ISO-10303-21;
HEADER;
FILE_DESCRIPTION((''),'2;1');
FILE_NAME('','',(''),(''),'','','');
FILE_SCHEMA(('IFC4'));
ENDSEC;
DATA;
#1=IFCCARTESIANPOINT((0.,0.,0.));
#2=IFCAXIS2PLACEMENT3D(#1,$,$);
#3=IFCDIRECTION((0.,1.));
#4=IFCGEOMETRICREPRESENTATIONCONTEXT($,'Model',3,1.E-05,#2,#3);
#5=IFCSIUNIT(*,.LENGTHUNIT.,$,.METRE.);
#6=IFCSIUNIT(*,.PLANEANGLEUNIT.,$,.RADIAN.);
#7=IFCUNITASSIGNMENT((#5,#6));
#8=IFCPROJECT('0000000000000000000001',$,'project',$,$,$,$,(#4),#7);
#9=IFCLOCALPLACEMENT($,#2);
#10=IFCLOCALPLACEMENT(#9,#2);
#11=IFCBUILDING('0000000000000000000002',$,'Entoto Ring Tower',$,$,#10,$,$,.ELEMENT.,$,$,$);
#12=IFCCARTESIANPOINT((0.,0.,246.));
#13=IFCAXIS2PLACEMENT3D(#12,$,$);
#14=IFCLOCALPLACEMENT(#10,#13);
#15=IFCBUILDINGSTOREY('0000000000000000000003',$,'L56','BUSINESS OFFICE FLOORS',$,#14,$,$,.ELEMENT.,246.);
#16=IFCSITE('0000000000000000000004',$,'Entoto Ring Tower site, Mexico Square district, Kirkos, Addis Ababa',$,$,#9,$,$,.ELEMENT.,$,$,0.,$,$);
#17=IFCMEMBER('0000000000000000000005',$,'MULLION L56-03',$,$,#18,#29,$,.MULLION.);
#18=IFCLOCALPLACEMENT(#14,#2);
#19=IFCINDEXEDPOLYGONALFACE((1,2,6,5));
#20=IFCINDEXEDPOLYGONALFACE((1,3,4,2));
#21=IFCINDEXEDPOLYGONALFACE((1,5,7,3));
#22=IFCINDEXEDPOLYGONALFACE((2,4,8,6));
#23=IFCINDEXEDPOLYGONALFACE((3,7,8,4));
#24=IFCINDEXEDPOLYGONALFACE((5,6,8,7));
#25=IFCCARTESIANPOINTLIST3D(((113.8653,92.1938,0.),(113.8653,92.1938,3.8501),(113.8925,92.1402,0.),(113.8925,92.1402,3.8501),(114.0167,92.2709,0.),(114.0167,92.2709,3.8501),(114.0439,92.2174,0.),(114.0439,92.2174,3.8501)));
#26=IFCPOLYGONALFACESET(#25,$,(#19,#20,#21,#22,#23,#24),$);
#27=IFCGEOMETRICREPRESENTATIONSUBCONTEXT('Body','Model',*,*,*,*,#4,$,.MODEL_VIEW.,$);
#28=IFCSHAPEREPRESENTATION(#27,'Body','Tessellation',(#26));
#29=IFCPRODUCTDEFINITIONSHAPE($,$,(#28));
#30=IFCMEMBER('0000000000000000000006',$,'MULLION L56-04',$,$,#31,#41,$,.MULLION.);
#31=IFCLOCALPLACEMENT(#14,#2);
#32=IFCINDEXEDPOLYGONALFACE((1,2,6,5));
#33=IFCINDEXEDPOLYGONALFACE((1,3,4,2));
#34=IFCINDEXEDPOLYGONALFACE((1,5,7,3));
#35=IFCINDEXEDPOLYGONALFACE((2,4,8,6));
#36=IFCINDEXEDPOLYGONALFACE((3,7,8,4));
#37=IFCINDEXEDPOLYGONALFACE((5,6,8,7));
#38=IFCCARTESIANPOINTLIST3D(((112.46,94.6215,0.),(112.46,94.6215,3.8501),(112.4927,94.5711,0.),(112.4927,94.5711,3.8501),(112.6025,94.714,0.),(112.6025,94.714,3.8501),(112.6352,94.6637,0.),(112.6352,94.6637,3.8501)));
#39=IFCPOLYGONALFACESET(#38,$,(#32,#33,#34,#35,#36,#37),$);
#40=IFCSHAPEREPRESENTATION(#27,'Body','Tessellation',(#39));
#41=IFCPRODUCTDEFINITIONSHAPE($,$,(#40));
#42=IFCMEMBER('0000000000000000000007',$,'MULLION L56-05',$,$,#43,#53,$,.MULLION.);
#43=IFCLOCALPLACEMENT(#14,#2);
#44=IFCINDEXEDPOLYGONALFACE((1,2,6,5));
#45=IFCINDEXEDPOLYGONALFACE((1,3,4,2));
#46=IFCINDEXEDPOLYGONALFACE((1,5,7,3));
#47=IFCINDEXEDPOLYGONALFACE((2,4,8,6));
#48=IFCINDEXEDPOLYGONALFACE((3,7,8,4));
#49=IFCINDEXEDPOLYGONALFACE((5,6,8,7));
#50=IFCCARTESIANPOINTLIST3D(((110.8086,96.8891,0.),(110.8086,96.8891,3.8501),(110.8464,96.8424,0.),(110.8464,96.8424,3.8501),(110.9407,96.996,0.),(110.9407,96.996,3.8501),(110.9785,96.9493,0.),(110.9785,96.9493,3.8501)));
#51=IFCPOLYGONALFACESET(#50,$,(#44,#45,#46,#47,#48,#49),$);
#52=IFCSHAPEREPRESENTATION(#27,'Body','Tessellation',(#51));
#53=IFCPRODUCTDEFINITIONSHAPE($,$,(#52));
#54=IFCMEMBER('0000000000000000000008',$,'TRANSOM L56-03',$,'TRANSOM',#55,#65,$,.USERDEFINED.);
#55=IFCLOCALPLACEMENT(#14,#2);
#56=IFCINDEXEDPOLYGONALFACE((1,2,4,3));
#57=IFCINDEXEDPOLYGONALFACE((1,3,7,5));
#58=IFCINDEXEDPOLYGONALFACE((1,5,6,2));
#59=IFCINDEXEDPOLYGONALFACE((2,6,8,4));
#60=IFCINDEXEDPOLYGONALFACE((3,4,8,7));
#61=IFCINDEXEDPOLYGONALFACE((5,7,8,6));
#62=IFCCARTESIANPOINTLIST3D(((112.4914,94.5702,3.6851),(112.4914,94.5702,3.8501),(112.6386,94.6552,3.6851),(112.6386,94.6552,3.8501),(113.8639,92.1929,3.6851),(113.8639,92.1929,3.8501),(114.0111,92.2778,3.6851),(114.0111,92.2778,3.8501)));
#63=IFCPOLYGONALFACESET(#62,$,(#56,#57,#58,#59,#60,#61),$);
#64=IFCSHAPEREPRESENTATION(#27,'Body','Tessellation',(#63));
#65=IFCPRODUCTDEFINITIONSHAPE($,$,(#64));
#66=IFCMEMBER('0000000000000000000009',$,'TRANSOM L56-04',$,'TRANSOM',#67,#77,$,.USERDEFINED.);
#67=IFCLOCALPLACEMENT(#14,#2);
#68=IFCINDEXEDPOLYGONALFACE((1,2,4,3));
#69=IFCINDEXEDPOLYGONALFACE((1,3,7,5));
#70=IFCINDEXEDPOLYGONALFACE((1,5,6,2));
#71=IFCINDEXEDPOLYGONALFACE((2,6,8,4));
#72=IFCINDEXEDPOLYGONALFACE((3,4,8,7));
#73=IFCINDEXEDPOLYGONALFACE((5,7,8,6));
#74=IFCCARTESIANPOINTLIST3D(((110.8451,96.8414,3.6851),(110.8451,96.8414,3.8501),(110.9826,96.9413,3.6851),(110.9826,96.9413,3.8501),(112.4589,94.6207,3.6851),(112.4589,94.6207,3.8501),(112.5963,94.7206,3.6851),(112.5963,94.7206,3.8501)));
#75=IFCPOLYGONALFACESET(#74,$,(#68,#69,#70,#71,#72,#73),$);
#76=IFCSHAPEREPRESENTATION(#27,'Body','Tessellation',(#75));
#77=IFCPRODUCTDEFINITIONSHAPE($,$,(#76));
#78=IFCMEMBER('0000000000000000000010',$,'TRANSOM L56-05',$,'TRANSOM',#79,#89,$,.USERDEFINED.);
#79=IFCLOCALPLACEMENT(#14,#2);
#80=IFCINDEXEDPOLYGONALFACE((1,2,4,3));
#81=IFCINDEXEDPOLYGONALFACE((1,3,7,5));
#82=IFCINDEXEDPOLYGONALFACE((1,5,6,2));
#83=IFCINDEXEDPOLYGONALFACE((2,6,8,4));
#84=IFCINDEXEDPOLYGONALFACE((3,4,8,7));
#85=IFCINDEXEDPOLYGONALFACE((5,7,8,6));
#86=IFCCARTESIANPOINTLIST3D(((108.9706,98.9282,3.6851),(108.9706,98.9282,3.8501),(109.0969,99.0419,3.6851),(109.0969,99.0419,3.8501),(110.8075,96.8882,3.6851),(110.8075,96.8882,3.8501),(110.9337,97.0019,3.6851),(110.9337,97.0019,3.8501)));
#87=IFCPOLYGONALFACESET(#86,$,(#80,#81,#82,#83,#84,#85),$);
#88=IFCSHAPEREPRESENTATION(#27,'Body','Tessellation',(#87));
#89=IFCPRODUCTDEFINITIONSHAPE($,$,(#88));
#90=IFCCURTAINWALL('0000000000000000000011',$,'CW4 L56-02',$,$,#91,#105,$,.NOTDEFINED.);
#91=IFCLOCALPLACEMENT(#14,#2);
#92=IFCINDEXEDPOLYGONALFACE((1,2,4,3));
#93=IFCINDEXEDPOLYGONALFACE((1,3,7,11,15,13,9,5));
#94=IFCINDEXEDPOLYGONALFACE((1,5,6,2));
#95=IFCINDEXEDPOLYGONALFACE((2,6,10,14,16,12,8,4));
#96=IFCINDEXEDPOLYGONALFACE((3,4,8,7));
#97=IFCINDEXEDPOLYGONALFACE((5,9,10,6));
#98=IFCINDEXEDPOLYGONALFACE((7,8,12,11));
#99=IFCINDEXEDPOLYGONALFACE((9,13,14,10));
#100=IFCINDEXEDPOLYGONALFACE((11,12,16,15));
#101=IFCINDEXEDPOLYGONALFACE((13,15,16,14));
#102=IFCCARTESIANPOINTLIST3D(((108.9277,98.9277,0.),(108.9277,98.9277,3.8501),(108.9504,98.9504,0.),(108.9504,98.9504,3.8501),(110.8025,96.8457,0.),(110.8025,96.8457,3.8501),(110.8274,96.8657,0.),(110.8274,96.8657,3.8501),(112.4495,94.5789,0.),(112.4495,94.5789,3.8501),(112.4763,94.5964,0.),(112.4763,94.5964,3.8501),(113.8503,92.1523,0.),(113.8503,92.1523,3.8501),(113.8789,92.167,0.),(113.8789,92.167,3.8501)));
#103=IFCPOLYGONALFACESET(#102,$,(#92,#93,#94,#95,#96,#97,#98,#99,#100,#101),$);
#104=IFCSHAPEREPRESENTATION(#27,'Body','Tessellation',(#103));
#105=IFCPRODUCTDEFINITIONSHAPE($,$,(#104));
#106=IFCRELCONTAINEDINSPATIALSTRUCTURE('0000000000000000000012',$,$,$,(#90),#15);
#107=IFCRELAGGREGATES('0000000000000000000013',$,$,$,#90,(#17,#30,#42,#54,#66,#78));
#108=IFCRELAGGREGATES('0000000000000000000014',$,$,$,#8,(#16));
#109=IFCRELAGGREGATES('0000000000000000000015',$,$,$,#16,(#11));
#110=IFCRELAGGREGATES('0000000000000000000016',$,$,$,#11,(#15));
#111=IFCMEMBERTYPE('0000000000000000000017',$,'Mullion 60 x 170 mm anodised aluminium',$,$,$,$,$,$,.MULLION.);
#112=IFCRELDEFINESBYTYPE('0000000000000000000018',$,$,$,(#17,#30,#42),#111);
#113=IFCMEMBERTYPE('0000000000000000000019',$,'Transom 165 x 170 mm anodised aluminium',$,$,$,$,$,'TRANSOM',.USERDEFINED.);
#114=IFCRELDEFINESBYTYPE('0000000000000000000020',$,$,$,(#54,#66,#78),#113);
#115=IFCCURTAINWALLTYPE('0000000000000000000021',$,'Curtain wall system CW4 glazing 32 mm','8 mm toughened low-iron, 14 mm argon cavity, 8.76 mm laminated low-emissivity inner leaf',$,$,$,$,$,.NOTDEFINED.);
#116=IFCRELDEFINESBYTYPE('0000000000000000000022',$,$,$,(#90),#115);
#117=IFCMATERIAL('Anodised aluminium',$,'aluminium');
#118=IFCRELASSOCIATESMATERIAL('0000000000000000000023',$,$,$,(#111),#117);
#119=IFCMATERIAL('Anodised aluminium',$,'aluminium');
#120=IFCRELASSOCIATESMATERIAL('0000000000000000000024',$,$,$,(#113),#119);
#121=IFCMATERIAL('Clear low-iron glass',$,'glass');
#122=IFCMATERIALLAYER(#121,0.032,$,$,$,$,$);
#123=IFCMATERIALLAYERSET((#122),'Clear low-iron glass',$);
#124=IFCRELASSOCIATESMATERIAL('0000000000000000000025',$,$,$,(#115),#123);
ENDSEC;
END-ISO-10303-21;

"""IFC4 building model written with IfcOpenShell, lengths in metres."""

from ifc_helpers import new_model, si_unit, direction, frame, origin, origin_2d, place, context, subcontext, project, spatial, polyline, rectangle, outline, extrude, material, layer, layer_set, material_profile, profile_set, type_object, element, aggregate, save


model = new_model("IFC4")

# Units and contexts
model_context = context("Model", 3, precision=1e-05, world=origin(), true_north=direction((0.0, 1.0)))
body_context = subcontext(model_context, "Body", "Model", "MODEL_VIEW")
ifc_project = project(units=[si_unit("LENGTHUNIT", "METRE"), si_unit("PLANEANGLEUNIT", "RADIAN")], contexts=[model_context])

# Members
ifc_material_1 = material(Name="Anodised aluminium", Category="aluminium")
ifc_material_profile_1 = material_profile(ifc_material_1, rectangle(XDim=0.0601, YDim=0.1699, at=origin_2d()), Name="Mullion 60 x 170 mm anodised aluminium")
ifc_profile_set_1 = profile_set([ifc_material_profile_1], Name="Anodised aluminium")
member_type_1 = type_object("IfcMemberType", Name="Mullion 60 x 170 mm anodised aluminium", PredefinedType="MULLION", material=ifc_profile_set_1)
site_placement = place(None, origin())
building_placement = place(site_placement, origin())
storey_placement = place(building_placement, frame((0.0, 0.0, 246.0)))
member_1_placement = place(storey_placement, frame((113.9546, 92.2056, 0.0), z_axis=(0.0, 0.0, 1.0), x_axis=(-0.45399, 0.891007, 0.0)))
member_1 = element("IfcMember", 1, at=member_1_placement, type_object=member_type_1, Name="MULLION L56-03", PredefinedType="MULLION", context=body_context, shape_type="SweptSolid", body=[
    extrude(rectangle(XDim=0.0601, YDim=0.1699, at=origin_2d()), origin(), (0.0, 0.0, 1.0), 3.8501),
])
member_2_placement = place(storey_placement, frame((112.5476, 94.6426, 0.0), z_axis=(0.0, 0.0, 1.0), x_axis=(-0.544639, 0.838671, 0.0)))
member_2 = element("IfcMember", 2, at=member_2_placement, type_object=member_type_1, Name="MULLION L56-04", PredefinedType="MULLION", context=body_context, shape_type="SweptSolid", body=[
    extrude(rectangle(XDim=0.0601, YDim=0.1699, at=origin_2d()), origin(), (0.0, 0.0, 1.0), 3.8501),
])
member_3_placement = place(storey_placement, frame((110.8936, 96.9192, 0.0), z_axis=(0.0, 0.0, 1.0), x_axis=(-0.62932, 0.777146, 0.0)))
member_3 = element("IfcMember", 3, at=member_3_placement, type_object=member_type_1, Name="MULLION L56-05", PredefinedType="MULLION", context=body_context, shape_type="SweptSolid", body=[
    extrude(rectangle(XDim=0.0601, YDim=0.1699, at=origin_2d()), origin(), (0.0, 0.0, 1.0), 3.8501),
])
ifc_material_2 = material(Name="Anodised aluminium", Category="aluminium")
ifc_material_profile_2 = material_profile(ifc_material_2, rectangle(XDim=0.1699, YDim=0.165, at=origin_2d()), Name="Transom 165 x 170 mm anodised aluminium")
ifc_profile_set_2 = profile_set([ifc_material_profile_2], Name="Anodised aluminium")
member_type_2 = type_object("IfcMemberType", Name="Transom 165 x 170 mm anodised aluminium", ElementType="TRANSOM", PredefinedType="USERDEFINED", material=ifc_profile_set_2)
member_4_placement = place(storey_placement, frame((113.9375, 92.2354, 3.7676), z_axis=(-0.499984, 0.866035, 0.0), x_axis=(-0.866035, -0.499984, 0.0)))
member_4 = element("IfcMember", 4, at=member_4_placement, type_object=member_type_2, Name="TRANSOM L56-03", ObjectType="TRANSOM", PredefinedType="USERDEFINED", context=body_context, shape_type="SweptSolid", body=[
    extrude(rectangle(XDim=0.1699, YDim=0.165, at=origin_2d()), origin(), (0.0, 0.0, 1.0), 2.7451),
])
member_5_placement = place(storey_placement, frame((112.5276, 94.6707, 3.7676), z_axis=(-0.587865, 0.808959, 0.0), x_axis=(-0.808959, -0.587865, 0.0)))
member_5 = element("IfcMember", 5, at=member_5_placement, type_object=member_type_2, Name="TRANSOM L56-04", ObjectType="TRANSOM", PredefinedType="USERDEFINED", context=body_context, shape_type="SweptSolid", body=[
    extrude(rectangle(XDim=0.1699, YDim=0.165, at=origin_2d()), origin(), (0.0, 0.0, 1.0), 2.7451),
])
member_6_placement = place(storey_placement, frame((110.8706, 96.9451, 3.7676), z_axis=(-0.669142, 0.743135, 0.0), x_axis=(-0.743135, -0.669142, 0.0)))
member_6 = element("IfcMember", 6, at=member_6_placement, type_object=member_type_2, Name="TRANSOM L56-05", ObjectType="TRANSOM", PredefinedType="USERDEFINED", context=body_context, shape_type="SweptSolid", body=[
    extrude(rectangle(XDim=0.1699, YDim=0.165, at=origin_2d()), origin(), (0.0, 0.0, 1.0), 2.7451),
])

# Site, building, storey
site = spatial("IfcSite", under=ifc_project, at=site_placement, Name="Entoto Ring Tower site, Mexico Square district, Kirkos, Addis Ababa", CompositionType="ELEMENT", RefElevation=0.0)
building = spatial("IfcBuilding", under=site, at=building_placement, Name="Entoto Ring Tower", CompositionType="ELEMENT")
storey = spatial("IfcBuildingStorey", under=building, at=storey_placement, Name="L56", Description="BUSINESS OFFICE FLOORS", CompositionType="ELEMENT", Elevation=246.0)

# Curtain wall
ifc_material_3 = material(Name="Clear low-iron glass", Category="glass")
ifc_layer_1 = layer(ifc_material_3, 0.032)
ifc_layer_set_1 = layer_set([ifc_layer_1], Name="Clear low-iron glass")
curtain_wall_type = type_object("IfcCurtainWallType", Name="Curtain wall system CW4 glazing 32 mm", Description="8 mm toughened low-iron, 14 mm argon cavity, 8.76 mm laminated low-emissivity inner leaf", PredefinedType="NOTDEFINED", material=ifc_layer_set_1)
curtain_wall_1_placement = place(storey_placement, origin())
curtain_wall_1 = element("IfcCurtainWall", 7, at=curtain_wall_1_placement, inside=storey, type_object=curtain_wall_type, Name="CW4 L56-02", PredefinedType="NOTDEFINED", context=body_context, shape_type="SweptSolid", body=[
    extrude(outline(polyline([(113.8789, 92.167), (112.4763, 94.5964), (110.8274, 96.8657), (108.9504, 98.9504), (108.9277, 98.9277), (110.8025, 96.8457), (112.4495, 94.5789), (113.8503, 92.1523), (113.8789, 92.167)])), origin(), (0.0, 0.0, 1.0), 3.8501),
])
aggregate(curtain_wall_1, [member_1, member_2, member_3, member_4, member_5, member_6])

save(model, "model.ifc")
